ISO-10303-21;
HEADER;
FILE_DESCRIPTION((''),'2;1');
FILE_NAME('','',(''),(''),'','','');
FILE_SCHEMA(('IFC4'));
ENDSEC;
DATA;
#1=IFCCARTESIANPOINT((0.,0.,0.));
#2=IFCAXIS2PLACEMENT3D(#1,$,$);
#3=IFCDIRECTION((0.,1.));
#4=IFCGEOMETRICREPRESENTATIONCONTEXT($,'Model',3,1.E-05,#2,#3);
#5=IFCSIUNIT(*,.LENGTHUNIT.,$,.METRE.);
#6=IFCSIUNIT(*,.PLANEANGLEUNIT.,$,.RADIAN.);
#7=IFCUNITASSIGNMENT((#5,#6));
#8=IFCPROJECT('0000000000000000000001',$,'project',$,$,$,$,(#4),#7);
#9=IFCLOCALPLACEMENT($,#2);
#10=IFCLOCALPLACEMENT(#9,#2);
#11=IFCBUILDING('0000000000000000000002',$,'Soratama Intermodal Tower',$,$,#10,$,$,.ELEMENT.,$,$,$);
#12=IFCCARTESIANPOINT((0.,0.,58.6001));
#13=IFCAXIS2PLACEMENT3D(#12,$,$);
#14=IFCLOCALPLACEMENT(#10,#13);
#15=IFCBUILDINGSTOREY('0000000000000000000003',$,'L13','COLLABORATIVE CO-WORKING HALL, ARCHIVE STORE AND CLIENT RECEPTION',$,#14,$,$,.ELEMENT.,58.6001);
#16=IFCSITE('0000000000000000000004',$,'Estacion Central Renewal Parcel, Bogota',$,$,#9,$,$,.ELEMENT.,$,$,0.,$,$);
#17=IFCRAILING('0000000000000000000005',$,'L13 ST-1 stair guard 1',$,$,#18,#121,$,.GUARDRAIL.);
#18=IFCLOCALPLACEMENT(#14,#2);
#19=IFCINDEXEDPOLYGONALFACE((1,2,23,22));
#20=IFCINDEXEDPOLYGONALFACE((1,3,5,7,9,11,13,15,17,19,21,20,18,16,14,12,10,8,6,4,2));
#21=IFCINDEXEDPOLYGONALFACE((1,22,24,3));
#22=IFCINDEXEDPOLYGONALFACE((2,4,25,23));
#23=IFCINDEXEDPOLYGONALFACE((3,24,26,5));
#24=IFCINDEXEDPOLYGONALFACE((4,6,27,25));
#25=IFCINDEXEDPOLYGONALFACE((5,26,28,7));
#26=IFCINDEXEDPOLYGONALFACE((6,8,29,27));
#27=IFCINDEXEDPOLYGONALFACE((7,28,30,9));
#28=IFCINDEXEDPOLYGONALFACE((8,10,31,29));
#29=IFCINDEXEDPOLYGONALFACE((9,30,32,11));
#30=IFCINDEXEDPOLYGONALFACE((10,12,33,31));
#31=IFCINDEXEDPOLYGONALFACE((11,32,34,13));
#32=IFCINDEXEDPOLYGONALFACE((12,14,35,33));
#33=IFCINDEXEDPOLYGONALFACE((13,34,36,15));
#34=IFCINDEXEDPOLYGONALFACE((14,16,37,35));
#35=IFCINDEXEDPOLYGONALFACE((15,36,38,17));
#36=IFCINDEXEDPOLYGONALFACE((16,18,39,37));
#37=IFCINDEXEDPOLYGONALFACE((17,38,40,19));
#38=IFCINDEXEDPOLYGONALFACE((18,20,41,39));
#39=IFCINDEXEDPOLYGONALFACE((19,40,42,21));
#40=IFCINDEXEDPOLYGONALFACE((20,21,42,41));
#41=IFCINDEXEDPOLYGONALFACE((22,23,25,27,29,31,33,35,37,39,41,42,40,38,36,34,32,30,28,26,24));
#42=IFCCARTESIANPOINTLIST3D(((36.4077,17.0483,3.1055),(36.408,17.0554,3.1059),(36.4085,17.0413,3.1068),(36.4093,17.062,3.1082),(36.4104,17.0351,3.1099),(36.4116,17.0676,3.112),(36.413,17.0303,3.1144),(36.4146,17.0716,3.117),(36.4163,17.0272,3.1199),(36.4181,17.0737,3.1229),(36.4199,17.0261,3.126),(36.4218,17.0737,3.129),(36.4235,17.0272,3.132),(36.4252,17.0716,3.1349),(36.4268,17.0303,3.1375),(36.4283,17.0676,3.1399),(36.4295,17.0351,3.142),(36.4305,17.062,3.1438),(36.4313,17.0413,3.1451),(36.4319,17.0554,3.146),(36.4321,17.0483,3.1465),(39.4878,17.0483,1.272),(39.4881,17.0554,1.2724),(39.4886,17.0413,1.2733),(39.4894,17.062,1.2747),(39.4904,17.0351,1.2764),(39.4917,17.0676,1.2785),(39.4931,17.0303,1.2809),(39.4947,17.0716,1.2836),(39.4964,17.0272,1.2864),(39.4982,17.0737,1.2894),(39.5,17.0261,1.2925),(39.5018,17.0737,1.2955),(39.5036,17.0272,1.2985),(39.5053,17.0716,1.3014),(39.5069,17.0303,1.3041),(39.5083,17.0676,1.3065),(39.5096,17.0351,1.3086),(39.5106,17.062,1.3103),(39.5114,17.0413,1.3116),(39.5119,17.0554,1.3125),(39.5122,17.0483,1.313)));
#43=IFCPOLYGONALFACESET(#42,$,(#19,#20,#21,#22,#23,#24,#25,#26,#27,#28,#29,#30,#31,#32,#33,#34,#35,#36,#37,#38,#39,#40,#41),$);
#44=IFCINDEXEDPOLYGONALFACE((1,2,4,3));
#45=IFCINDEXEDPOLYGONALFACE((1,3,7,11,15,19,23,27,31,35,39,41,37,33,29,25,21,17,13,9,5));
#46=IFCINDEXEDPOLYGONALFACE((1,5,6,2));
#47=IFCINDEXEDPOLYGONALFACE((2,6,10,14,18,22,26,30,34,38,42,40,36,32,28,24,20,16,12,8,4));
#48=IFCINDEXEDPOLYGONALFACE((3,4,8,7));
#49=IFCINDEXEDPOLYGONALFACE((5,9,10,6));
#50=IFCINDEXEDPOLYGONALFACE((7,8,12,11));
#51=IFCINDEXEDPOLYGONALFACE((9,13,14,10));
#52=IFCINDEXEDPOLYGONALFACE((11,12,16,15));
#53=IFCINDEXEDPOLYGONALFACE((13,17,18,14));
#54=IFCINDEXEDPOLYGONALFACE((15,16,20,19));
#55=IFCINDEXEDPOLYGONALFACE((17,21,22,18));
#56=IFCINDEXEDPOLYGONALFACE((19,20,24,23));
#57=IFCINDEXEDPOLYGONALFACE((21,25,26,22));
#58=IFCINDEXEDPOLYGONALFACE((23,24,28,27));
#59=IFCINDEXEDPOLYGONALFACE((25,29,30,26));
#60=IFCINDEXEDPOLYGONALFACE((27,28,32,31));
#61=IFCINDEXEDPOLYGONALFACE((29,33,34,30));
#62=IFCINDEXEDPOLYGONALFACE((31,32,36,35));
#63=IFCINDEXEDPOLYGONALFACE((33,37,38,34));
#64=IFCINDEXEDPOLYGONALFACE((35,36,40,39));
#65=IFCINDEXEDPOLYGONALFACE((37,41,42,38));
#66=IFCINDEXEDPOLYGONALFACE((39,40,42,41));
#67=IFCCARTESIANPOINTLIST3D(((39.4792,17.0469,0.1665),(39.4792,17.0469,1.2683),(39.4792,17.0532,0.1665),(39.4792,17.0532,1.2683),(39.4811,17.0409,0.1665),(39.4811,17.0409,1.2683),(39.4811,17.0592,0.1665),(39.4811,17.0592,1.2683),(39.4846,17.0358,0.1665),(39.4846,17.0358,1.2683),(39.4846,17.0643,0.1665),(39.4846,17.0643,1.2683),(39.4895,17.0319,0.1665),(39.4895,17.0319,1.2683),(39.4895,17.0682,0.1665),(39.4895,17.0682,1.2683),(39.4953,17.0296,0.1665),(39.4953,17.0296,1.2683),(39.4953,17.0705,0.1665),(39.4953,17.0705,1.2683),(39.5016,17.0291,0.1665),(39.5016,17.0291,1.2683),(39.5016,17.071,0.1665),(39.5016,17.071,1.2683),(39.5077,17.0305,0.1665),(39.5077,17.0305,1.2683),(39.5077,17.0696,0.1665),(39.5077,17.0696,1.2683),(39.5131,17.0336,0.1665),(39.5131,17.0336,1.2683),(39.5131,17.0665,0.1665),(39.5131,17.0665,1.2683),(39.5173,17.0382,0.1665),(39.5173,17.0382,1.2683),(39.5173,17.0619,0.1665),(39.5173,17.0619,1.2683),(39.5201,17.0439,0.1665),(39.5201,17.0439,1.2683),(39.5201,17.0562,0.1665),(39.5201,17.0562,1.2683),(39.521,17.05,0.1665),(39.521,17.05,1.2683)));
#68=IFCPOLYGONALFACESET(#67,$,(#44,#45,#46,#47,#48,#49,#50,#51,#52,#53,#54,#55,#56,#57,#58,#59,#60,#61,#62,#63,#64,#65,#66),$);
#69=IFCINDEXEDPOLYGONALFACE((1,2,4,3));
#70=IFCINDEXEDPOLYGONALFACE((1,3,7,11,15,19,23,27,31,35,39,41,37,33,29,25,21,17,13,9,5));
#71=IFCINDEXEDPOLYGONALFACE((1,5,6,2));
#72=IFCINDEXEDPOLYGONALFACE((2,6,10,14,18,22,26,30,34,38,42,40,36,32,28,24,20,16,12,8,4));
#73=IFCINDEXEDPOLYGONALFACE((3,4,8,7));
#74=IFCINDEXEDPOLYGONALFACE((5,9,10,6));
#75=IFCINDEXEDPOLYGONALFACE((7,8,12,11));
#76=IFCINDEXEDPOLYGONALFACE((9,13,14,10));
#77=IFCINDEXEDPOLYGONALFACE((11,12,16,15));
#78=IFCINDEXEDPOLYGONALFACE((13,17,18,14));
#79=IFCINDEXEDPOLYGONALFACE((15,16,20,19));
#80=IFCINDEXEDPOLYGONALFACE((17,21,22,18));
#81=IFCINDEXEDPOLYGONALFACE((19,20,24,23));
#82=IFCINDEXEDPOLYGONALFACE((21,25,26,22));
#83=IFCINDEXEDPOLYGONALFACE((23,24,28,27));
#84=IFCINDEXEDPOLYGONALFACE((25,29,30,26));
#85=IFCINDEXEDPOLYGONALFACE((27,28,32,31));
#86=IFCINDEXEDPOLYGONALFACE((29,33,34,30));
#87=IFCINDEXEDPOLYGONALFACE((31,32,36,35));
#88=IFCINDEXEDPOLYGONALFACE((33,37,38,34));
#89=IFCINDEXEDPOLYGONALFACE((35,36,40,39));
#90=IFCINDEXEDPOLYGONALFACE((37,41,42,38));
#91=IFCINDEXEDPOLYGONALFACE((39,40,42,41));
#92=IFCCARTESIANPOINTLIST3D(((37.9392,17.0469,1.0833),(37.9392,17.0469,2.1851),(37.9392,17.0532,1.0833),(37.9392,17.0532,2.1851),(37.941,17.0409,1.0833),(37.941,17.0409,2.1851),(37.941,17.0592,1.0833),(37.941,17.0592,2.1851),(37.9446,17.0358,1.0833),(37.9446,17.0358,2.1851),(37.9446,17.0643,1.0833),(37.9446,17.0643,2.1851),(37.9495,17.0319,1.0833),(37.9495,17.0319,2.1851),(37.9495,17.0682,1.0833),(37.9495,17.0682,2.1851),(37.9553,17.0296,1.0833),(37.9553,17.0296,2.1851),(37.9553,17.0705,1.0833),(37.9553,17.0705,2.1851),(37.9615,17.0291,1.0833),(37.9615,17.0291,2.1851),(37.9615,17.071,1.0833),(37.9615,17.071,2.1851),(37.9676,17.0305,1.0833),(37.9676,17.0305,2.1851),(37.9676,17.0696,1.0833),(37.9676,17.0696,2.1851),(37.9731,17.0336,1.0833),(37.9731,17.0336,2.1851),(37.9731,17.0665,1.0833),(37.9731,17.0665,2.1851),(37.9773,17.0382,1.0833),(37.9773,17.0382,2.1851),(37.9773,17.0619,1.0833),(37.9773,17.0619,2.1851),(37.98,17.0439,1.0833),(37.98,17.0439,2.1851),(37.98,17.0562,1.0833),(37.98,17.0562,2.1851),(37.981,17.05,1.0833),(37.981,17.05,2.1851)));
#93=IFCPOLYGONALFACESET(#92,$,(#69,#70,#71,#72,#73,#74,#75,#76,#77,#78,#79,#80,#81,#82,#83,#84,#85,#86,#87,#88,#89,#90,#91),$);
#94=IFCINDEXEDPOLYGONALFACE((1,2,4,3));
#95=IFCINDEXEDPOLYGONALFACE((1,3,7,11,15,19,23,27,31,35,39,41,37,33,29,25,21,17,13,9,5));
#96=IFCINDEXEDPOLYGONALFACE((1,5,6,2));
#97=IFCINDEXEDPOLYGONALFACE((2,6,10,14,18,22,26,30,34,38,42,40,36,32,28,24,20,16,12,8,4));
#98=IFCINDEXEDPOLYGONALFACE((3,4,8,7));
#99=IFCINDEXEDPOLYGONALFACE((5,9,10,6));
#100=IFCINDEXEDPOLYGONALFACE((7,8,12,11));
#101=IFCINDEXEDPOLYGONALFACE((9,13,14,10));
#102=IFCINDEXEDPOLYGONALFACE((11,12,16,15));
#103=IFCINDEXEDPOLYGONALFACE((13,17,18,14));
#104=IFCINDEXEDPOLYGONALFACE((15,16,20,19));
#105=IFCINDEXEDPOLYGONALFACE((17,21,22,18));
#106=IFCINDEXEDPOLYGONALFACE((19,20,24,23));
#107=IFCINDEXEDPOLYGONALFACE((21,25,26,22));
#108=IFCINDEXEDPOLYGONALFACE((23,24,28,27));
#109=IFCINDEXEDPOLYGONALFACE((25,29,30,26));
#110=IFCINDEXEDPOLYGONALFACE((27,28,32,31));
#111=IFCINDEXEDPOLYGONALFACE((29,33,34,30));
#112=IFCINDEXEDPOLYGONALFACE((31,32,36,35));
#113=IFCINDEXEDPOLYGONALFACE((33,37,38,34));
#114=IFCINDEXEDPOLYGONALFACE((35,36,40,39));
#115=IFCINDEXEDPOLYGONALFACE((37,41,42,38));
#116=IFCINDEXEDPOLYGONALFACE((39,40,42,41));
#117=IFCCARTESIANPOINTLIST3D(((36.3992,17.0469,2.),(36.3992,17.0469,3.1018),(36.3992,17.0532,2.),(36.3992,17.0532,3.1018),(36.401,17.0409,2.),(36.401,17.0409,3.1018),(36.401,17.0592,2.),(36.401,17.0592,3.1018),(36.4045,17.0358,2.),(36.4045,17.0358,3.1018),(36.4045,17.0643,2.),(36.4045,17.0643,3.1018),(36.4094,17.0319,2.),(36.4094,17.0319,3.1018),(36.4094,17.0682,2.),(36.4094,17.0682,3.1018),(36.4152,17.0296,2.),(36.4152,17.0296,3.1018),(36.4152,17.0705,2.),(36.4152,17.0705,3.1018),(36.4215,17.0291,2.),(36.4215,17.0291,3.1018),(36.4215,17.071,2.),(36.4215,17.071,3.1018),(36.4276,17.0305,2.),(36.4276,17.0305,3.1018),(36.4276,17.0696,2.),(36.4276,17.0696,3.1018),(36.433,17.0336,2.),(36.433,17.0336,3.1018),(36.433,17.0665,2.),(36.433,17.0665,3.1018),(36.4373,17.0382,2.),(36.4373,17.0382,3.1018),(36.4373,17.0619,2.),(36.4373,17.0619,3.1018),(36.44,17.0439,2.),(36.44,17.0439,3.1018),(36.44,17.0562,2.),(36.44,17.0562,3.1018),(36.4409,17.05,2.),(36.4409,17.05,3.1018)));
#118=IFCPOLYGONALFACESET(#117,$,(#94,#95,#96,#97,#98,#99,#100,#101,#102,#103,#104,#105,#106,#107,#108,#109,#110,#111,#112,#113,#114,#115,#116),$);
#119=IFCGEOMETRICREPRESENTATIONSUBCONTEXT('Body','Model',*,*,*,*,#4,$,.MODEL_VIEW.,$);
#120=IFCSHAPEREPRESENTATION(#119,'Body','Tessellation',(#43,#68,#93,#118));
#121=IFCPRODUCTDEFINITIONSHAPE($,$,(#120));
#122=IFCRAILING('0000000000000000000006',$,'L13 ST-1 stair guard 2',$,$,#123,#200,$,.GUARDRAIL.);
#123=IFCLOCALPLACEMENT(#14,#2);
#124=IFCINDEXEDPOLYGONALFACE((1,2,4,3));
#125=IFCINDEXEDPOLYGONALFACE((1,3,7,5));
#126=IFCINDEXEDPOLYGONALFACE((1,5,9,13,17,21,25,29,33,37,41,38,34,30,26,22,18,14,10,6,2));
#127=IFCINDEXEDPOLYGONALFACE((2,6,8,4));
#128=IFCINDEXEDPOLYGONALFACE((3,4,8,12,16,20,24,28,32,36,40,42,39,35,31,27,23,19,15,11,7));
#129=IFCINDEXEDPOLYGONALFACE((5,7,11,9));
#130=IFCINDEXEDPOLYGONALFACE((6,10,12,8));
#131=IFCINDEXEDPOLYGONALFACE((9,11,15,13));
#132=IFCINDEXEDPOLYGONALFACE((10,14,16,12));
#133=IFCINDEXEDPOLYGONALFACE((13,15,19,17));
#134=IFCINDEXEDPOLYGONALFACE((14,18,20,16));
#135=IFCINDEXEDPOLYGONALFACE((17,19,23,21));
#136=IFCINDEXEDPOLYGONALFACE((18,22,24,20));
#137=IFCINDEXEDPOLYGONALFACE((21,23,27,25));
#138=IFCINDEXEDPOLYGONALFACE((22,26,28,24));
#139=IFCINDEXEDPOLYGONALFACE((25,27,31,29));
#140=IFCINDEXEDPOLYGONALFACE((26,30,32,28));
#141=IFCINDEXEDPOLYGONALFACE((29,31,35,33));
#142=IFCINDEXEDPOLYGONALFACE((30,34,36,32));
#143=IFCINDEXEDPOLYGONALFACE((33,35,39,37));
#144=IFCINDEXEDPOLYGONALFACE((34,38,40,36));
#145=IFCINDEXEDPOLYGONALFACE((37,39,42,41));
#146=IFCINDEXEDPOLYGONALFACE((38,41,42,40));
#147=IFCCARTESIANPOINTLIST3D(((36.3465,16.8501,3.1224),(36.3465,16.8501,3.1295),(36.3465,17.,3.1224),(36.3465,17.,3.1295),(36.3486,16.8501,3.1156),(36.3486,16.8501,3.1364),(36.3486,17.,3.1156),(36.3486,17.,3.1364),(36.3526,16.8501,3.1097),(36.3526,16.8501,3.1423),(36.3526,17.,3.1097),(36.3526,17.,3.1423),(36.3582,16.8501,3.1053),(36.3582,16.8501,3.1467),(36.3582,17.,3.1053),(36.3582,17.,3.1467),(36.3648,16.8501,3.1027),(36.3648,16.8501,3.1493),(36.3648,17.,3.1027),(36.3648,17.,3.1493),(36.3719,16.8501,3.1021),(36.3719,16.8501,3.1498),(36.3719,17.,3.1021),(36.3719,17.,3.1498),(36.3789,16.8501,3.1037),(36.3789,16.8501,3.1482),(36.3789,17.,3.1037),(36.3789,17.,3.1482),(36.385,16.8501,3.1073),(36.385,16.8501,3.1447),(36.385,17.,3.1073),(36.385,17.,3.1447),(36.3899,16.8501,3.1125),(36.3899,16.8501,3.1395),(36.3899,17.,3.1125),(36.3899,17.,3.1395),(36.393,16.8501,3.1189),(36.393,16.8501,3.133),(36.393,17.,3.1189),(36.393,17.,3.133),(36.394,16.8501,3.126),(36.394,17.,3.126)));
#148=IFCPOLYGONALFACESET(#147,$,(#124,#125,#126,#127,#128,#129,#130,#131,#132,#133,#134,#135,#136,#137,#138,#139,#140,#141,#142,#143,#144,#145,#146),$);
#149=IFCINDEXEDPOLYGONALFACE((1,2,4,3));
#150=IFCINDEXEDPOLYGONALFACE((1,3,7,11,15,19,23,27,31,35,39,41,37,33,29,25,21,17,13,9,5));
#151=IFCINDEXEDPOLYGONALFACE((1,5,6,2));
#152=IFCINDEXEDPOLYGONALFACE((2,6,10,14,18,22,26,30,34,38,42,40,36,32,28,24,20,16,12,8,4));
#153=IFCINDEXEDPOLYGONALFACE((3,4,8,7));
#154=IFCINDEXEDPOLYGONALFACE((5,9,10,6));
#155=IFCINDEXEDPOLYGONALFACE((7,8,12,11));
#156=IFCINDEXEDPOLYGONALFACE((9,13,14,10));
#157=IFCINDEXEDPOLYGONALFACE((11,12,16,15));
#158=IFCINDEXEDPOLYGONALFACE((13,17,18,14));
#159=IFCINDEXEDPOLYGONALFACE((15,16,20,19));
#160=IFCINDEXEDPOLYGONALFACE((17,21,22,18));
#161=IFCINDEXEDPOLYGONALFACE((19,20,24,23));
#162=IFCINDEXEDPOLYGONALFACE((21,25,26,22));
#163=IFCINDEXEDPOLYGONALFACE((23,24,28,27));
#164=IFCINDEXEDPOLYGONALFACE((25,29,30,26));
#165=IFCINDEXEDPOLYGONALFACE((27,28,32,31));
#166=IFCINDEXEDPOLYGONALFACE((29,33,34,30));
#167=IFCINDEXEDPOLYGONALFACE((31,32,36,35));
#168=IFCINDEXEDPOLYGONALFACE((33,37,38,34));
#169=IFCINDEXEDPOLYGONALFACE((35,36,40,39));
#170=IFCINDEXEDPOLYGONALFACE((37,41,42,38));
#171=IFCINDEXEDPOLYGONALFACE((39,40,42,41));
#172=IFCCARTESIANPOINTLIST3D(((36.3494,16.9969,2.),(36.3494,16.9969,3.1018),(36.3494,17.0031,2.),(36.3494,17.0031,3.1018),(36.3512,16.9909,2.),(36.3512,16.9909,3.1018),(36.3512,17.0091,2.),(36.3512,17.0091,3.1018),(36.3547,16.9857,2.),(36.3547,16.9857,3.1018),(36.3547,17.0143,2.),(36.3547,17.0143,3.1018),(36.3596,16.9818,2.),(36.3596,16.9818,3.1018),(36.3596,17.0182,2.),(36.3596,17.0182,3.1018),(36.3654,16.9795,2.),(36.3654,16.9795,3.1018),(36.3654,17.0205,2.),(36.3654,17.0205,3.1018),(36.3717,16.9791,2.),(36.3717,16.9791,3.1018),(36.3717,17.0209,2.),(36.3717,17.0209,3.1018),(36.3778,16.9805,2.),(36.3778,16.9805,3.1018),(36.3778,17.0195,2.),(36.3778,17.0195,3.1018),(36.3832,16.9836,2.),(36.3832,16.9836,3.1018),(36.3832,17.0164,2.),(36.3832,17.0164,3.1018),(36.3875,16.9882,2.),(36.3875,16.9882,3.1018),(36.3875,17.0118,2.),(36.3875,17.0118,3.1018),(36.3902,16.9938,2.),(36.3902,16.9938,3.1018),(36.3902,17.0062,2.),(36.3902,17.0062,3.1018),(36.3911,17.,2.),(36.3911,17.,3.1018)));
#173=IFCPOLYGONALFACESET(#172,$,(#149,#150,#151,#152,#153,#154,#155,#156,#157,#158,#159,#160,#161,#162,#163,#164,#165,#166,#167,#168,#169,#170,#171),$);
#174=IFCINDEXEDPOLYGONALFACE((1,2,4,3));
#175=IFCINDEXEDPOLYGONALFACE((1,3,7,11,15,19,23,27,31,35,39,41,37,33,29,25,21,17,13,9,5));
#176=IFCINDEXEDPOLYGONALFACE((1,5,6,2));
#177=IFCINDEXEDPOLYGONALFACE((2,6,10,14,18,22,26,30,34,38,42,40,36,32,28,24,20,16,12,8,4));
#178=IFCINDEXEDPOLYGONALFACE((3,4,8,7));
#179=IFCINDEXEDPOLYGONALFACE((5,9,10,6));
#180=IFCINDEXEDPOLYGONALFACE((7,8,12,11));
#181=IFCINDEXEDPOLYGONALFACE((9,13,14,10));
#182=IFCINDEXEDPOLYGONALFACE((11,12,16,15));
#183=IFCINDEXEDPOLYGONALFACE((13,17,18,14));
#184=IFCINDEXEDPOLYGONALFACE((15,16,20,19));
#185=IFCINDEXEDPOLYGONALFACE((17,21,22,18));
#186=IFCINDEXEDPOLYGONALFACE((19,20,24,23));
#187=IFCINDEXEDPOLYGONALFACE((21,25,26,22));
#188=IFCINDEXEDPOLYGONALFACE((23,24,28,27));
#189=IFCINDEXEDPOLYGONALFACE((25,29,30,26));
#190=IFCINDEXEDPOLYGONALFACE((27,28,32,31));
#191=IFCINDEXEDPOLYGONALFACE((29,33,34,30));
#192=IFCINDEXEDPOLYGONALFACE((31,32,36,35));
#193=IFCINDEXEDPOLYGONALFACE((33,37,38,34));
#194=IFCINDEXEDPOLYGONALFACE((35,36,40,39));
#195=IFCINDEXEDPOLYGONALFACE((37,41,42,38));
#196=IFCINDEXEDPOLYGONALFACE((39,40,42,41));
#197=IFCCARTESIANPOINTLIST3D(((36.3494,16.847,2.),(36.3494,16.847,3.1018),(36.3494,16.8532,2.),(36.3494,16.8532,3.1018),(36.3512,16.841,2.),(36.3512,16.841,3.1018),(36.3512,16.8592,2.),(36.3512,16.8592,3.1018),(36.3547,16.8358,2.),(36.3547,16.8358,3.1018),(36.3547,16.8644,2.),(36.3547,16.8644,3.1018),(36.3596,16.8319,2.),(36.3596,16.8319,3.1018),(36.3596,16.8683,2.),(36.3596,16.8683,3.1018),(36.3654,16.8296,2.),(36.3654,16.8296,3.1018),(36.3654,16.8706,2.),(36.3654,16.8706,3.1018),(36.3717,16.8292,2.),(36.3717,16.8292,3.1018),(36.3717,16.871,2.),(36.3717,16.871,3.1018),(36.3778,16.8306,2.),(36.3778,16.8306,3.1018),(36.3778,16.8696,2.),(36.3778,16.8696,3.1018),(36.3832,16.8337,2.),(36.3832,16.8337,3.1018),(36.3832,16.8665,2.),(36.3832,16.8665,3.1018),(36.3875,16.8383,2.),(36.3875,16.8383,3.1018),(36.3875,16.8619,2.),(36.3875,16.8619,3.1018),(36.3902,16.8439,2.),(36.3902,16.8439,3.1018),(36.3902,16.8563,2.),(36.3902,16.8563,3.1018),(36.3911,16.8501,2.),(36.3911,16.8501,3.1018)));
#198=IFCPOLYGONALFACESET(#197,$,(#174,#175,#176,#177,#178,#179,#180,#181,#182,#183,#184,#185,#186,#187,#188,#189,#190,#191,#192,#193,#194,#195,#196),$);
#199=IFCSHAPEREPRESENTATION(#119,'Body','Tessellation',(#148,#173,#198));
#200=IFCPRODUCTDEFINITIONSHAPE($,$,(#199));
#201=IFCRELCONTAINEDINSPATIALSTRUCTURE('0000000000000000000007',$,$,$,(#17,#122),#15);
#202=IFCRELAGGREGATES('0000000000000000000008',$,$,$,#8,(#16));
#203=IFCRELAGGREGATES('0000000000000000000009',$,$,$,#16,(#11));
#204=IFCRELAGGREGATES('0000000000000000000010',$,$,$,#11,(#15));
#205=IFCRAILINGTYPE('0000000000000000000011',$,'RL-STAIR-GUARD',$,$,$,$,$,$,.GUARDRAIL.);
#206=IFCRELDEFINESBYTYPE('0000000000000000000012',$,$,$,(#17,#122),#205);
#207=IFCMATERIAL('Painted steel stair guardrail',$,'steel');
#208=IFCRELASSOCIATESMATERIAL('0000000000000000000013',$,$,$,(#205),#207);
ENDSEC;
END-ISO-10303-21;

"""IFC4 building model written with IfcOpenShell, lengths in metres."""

from ifc_helpers import new_model, si_unit, direction, frame, origin, origin_2d, place, context, subcontext, project, spatial, circle, extrude, material, type_object, element, save


model = new_model("IFC4")

# Units and contexts
model_context = context("Model", 3, precision=1e-05, world=origin(), true_north=direction((0.0, 1.0)))
body_context = subcontext(model_context, "Body", "Model", "MODEL_VIEW")
ifc_project = project(units=[si_unit("LENGTHUNIT", "METRE"), si_unit("PLANEANGLEUNIT", "RADIAN")], contexts=[model_context])

# Site, building, storey
site_placement = place(None, origin())
site = spatial("IfcSite", under=ifc_project, at=site_placement, Name="Estacion Central Renewal Parcel, Bogota", CompositionType="ELEMENT", RefElevation=0.0)
building_placement = place(site_placement, origin())
building = spatial("IfcBuilding", under=site, at=building_placement, Name="Soratama Intermodal Tower", CompositionType="ELEMENT")
storey_placement = place(building_placement, frame((0.0, 0.0, 58.6001)))
storey = spatial("IfcBuildingStorey", under=building, at=storey_placement, Name="L13", Description="COLLABORATIVE CO-WORKING HALL, ARCHIVE STORE AND CLIENT RECEPTION", CompositionType="ELEMENT", Elevation=58.6001)

# Railings
ifc_material_1 = material(Name="Painted steel stair guardrail", Category="steel")
railing_type_1 = type_object("IfcRailingType", Name="RL-STAIR-GUARD", PredefinedType="GUARDRAIL", material=ifc_material_1)
railing_1_placement = place(storey_placement, frame((39.5, 17.05, 0.1665)))
element("IfcRailing", 1, at=railing_1_placement, inside=storey, type_object=railing_type_1, Name="L13 ST-1 stair guard 1", PredefinedType="GUARDRAIL", context=body_context, shape_type="SweptSolid", body=[
    extrude(circle(Radius=0.0239, at=origin_2d()), frame((0.0, 0.0, 1.126), z_axis=(-0.859279, 0.0, 0.511508), x_axis=(0.0, -1.0, 0.0)), (0.0, 0.0, 1.0), 3.5845),
    extrude(circle(Radius=0.021, at=origin_2d()), origin(), (0.0, 0.0, 1.0), 1.1018),
    extrude(circle(Radius=0.021, at=origin_2d()), frame((-1.54, 0.0, 0.9167)), (0.0, 0.0, 1.0), 1.1018),
    extrude(circle(Radius=0.021, at=origin_2d()), frame((-3.0801, 0.0, 1.8335)), (0.0, 0.0, 1.0), 1.1018),
])
railing_2_placement = place(storey_placement, frame((36.3701, 17.0, 2.0)))
element("IfcRailing", 2, at=railing_2_placement, inside=storey, type_object=railing_type_1, Name="L13 ST-1 stair guard 2", PredefinedType="GUARDRAIL", context=body_context, shape_type="SweptSolid", body=[
    extrude(circle(Radius=0.0239, at=origin_2d()), frame((0.0, 0.0, 1.126), z_axis=(0.0, -1.0, 0.0), x_axis=(1.0, 0.0, 0.0)), (0.0, 0.0, 1.0), 0.1499),
    extrude(circle(Radius=0.021, at=origin_2d()), origin(), (0.0, 0.0, 1.0), 1.1018),
    extrude(circle(Radius=0.021, at=origin_2d()), frame((0.0, -0.1499, 0.0)), (0.0, 0.0, 1.0), 1.1018),
])

save(model, "model.ifc")
